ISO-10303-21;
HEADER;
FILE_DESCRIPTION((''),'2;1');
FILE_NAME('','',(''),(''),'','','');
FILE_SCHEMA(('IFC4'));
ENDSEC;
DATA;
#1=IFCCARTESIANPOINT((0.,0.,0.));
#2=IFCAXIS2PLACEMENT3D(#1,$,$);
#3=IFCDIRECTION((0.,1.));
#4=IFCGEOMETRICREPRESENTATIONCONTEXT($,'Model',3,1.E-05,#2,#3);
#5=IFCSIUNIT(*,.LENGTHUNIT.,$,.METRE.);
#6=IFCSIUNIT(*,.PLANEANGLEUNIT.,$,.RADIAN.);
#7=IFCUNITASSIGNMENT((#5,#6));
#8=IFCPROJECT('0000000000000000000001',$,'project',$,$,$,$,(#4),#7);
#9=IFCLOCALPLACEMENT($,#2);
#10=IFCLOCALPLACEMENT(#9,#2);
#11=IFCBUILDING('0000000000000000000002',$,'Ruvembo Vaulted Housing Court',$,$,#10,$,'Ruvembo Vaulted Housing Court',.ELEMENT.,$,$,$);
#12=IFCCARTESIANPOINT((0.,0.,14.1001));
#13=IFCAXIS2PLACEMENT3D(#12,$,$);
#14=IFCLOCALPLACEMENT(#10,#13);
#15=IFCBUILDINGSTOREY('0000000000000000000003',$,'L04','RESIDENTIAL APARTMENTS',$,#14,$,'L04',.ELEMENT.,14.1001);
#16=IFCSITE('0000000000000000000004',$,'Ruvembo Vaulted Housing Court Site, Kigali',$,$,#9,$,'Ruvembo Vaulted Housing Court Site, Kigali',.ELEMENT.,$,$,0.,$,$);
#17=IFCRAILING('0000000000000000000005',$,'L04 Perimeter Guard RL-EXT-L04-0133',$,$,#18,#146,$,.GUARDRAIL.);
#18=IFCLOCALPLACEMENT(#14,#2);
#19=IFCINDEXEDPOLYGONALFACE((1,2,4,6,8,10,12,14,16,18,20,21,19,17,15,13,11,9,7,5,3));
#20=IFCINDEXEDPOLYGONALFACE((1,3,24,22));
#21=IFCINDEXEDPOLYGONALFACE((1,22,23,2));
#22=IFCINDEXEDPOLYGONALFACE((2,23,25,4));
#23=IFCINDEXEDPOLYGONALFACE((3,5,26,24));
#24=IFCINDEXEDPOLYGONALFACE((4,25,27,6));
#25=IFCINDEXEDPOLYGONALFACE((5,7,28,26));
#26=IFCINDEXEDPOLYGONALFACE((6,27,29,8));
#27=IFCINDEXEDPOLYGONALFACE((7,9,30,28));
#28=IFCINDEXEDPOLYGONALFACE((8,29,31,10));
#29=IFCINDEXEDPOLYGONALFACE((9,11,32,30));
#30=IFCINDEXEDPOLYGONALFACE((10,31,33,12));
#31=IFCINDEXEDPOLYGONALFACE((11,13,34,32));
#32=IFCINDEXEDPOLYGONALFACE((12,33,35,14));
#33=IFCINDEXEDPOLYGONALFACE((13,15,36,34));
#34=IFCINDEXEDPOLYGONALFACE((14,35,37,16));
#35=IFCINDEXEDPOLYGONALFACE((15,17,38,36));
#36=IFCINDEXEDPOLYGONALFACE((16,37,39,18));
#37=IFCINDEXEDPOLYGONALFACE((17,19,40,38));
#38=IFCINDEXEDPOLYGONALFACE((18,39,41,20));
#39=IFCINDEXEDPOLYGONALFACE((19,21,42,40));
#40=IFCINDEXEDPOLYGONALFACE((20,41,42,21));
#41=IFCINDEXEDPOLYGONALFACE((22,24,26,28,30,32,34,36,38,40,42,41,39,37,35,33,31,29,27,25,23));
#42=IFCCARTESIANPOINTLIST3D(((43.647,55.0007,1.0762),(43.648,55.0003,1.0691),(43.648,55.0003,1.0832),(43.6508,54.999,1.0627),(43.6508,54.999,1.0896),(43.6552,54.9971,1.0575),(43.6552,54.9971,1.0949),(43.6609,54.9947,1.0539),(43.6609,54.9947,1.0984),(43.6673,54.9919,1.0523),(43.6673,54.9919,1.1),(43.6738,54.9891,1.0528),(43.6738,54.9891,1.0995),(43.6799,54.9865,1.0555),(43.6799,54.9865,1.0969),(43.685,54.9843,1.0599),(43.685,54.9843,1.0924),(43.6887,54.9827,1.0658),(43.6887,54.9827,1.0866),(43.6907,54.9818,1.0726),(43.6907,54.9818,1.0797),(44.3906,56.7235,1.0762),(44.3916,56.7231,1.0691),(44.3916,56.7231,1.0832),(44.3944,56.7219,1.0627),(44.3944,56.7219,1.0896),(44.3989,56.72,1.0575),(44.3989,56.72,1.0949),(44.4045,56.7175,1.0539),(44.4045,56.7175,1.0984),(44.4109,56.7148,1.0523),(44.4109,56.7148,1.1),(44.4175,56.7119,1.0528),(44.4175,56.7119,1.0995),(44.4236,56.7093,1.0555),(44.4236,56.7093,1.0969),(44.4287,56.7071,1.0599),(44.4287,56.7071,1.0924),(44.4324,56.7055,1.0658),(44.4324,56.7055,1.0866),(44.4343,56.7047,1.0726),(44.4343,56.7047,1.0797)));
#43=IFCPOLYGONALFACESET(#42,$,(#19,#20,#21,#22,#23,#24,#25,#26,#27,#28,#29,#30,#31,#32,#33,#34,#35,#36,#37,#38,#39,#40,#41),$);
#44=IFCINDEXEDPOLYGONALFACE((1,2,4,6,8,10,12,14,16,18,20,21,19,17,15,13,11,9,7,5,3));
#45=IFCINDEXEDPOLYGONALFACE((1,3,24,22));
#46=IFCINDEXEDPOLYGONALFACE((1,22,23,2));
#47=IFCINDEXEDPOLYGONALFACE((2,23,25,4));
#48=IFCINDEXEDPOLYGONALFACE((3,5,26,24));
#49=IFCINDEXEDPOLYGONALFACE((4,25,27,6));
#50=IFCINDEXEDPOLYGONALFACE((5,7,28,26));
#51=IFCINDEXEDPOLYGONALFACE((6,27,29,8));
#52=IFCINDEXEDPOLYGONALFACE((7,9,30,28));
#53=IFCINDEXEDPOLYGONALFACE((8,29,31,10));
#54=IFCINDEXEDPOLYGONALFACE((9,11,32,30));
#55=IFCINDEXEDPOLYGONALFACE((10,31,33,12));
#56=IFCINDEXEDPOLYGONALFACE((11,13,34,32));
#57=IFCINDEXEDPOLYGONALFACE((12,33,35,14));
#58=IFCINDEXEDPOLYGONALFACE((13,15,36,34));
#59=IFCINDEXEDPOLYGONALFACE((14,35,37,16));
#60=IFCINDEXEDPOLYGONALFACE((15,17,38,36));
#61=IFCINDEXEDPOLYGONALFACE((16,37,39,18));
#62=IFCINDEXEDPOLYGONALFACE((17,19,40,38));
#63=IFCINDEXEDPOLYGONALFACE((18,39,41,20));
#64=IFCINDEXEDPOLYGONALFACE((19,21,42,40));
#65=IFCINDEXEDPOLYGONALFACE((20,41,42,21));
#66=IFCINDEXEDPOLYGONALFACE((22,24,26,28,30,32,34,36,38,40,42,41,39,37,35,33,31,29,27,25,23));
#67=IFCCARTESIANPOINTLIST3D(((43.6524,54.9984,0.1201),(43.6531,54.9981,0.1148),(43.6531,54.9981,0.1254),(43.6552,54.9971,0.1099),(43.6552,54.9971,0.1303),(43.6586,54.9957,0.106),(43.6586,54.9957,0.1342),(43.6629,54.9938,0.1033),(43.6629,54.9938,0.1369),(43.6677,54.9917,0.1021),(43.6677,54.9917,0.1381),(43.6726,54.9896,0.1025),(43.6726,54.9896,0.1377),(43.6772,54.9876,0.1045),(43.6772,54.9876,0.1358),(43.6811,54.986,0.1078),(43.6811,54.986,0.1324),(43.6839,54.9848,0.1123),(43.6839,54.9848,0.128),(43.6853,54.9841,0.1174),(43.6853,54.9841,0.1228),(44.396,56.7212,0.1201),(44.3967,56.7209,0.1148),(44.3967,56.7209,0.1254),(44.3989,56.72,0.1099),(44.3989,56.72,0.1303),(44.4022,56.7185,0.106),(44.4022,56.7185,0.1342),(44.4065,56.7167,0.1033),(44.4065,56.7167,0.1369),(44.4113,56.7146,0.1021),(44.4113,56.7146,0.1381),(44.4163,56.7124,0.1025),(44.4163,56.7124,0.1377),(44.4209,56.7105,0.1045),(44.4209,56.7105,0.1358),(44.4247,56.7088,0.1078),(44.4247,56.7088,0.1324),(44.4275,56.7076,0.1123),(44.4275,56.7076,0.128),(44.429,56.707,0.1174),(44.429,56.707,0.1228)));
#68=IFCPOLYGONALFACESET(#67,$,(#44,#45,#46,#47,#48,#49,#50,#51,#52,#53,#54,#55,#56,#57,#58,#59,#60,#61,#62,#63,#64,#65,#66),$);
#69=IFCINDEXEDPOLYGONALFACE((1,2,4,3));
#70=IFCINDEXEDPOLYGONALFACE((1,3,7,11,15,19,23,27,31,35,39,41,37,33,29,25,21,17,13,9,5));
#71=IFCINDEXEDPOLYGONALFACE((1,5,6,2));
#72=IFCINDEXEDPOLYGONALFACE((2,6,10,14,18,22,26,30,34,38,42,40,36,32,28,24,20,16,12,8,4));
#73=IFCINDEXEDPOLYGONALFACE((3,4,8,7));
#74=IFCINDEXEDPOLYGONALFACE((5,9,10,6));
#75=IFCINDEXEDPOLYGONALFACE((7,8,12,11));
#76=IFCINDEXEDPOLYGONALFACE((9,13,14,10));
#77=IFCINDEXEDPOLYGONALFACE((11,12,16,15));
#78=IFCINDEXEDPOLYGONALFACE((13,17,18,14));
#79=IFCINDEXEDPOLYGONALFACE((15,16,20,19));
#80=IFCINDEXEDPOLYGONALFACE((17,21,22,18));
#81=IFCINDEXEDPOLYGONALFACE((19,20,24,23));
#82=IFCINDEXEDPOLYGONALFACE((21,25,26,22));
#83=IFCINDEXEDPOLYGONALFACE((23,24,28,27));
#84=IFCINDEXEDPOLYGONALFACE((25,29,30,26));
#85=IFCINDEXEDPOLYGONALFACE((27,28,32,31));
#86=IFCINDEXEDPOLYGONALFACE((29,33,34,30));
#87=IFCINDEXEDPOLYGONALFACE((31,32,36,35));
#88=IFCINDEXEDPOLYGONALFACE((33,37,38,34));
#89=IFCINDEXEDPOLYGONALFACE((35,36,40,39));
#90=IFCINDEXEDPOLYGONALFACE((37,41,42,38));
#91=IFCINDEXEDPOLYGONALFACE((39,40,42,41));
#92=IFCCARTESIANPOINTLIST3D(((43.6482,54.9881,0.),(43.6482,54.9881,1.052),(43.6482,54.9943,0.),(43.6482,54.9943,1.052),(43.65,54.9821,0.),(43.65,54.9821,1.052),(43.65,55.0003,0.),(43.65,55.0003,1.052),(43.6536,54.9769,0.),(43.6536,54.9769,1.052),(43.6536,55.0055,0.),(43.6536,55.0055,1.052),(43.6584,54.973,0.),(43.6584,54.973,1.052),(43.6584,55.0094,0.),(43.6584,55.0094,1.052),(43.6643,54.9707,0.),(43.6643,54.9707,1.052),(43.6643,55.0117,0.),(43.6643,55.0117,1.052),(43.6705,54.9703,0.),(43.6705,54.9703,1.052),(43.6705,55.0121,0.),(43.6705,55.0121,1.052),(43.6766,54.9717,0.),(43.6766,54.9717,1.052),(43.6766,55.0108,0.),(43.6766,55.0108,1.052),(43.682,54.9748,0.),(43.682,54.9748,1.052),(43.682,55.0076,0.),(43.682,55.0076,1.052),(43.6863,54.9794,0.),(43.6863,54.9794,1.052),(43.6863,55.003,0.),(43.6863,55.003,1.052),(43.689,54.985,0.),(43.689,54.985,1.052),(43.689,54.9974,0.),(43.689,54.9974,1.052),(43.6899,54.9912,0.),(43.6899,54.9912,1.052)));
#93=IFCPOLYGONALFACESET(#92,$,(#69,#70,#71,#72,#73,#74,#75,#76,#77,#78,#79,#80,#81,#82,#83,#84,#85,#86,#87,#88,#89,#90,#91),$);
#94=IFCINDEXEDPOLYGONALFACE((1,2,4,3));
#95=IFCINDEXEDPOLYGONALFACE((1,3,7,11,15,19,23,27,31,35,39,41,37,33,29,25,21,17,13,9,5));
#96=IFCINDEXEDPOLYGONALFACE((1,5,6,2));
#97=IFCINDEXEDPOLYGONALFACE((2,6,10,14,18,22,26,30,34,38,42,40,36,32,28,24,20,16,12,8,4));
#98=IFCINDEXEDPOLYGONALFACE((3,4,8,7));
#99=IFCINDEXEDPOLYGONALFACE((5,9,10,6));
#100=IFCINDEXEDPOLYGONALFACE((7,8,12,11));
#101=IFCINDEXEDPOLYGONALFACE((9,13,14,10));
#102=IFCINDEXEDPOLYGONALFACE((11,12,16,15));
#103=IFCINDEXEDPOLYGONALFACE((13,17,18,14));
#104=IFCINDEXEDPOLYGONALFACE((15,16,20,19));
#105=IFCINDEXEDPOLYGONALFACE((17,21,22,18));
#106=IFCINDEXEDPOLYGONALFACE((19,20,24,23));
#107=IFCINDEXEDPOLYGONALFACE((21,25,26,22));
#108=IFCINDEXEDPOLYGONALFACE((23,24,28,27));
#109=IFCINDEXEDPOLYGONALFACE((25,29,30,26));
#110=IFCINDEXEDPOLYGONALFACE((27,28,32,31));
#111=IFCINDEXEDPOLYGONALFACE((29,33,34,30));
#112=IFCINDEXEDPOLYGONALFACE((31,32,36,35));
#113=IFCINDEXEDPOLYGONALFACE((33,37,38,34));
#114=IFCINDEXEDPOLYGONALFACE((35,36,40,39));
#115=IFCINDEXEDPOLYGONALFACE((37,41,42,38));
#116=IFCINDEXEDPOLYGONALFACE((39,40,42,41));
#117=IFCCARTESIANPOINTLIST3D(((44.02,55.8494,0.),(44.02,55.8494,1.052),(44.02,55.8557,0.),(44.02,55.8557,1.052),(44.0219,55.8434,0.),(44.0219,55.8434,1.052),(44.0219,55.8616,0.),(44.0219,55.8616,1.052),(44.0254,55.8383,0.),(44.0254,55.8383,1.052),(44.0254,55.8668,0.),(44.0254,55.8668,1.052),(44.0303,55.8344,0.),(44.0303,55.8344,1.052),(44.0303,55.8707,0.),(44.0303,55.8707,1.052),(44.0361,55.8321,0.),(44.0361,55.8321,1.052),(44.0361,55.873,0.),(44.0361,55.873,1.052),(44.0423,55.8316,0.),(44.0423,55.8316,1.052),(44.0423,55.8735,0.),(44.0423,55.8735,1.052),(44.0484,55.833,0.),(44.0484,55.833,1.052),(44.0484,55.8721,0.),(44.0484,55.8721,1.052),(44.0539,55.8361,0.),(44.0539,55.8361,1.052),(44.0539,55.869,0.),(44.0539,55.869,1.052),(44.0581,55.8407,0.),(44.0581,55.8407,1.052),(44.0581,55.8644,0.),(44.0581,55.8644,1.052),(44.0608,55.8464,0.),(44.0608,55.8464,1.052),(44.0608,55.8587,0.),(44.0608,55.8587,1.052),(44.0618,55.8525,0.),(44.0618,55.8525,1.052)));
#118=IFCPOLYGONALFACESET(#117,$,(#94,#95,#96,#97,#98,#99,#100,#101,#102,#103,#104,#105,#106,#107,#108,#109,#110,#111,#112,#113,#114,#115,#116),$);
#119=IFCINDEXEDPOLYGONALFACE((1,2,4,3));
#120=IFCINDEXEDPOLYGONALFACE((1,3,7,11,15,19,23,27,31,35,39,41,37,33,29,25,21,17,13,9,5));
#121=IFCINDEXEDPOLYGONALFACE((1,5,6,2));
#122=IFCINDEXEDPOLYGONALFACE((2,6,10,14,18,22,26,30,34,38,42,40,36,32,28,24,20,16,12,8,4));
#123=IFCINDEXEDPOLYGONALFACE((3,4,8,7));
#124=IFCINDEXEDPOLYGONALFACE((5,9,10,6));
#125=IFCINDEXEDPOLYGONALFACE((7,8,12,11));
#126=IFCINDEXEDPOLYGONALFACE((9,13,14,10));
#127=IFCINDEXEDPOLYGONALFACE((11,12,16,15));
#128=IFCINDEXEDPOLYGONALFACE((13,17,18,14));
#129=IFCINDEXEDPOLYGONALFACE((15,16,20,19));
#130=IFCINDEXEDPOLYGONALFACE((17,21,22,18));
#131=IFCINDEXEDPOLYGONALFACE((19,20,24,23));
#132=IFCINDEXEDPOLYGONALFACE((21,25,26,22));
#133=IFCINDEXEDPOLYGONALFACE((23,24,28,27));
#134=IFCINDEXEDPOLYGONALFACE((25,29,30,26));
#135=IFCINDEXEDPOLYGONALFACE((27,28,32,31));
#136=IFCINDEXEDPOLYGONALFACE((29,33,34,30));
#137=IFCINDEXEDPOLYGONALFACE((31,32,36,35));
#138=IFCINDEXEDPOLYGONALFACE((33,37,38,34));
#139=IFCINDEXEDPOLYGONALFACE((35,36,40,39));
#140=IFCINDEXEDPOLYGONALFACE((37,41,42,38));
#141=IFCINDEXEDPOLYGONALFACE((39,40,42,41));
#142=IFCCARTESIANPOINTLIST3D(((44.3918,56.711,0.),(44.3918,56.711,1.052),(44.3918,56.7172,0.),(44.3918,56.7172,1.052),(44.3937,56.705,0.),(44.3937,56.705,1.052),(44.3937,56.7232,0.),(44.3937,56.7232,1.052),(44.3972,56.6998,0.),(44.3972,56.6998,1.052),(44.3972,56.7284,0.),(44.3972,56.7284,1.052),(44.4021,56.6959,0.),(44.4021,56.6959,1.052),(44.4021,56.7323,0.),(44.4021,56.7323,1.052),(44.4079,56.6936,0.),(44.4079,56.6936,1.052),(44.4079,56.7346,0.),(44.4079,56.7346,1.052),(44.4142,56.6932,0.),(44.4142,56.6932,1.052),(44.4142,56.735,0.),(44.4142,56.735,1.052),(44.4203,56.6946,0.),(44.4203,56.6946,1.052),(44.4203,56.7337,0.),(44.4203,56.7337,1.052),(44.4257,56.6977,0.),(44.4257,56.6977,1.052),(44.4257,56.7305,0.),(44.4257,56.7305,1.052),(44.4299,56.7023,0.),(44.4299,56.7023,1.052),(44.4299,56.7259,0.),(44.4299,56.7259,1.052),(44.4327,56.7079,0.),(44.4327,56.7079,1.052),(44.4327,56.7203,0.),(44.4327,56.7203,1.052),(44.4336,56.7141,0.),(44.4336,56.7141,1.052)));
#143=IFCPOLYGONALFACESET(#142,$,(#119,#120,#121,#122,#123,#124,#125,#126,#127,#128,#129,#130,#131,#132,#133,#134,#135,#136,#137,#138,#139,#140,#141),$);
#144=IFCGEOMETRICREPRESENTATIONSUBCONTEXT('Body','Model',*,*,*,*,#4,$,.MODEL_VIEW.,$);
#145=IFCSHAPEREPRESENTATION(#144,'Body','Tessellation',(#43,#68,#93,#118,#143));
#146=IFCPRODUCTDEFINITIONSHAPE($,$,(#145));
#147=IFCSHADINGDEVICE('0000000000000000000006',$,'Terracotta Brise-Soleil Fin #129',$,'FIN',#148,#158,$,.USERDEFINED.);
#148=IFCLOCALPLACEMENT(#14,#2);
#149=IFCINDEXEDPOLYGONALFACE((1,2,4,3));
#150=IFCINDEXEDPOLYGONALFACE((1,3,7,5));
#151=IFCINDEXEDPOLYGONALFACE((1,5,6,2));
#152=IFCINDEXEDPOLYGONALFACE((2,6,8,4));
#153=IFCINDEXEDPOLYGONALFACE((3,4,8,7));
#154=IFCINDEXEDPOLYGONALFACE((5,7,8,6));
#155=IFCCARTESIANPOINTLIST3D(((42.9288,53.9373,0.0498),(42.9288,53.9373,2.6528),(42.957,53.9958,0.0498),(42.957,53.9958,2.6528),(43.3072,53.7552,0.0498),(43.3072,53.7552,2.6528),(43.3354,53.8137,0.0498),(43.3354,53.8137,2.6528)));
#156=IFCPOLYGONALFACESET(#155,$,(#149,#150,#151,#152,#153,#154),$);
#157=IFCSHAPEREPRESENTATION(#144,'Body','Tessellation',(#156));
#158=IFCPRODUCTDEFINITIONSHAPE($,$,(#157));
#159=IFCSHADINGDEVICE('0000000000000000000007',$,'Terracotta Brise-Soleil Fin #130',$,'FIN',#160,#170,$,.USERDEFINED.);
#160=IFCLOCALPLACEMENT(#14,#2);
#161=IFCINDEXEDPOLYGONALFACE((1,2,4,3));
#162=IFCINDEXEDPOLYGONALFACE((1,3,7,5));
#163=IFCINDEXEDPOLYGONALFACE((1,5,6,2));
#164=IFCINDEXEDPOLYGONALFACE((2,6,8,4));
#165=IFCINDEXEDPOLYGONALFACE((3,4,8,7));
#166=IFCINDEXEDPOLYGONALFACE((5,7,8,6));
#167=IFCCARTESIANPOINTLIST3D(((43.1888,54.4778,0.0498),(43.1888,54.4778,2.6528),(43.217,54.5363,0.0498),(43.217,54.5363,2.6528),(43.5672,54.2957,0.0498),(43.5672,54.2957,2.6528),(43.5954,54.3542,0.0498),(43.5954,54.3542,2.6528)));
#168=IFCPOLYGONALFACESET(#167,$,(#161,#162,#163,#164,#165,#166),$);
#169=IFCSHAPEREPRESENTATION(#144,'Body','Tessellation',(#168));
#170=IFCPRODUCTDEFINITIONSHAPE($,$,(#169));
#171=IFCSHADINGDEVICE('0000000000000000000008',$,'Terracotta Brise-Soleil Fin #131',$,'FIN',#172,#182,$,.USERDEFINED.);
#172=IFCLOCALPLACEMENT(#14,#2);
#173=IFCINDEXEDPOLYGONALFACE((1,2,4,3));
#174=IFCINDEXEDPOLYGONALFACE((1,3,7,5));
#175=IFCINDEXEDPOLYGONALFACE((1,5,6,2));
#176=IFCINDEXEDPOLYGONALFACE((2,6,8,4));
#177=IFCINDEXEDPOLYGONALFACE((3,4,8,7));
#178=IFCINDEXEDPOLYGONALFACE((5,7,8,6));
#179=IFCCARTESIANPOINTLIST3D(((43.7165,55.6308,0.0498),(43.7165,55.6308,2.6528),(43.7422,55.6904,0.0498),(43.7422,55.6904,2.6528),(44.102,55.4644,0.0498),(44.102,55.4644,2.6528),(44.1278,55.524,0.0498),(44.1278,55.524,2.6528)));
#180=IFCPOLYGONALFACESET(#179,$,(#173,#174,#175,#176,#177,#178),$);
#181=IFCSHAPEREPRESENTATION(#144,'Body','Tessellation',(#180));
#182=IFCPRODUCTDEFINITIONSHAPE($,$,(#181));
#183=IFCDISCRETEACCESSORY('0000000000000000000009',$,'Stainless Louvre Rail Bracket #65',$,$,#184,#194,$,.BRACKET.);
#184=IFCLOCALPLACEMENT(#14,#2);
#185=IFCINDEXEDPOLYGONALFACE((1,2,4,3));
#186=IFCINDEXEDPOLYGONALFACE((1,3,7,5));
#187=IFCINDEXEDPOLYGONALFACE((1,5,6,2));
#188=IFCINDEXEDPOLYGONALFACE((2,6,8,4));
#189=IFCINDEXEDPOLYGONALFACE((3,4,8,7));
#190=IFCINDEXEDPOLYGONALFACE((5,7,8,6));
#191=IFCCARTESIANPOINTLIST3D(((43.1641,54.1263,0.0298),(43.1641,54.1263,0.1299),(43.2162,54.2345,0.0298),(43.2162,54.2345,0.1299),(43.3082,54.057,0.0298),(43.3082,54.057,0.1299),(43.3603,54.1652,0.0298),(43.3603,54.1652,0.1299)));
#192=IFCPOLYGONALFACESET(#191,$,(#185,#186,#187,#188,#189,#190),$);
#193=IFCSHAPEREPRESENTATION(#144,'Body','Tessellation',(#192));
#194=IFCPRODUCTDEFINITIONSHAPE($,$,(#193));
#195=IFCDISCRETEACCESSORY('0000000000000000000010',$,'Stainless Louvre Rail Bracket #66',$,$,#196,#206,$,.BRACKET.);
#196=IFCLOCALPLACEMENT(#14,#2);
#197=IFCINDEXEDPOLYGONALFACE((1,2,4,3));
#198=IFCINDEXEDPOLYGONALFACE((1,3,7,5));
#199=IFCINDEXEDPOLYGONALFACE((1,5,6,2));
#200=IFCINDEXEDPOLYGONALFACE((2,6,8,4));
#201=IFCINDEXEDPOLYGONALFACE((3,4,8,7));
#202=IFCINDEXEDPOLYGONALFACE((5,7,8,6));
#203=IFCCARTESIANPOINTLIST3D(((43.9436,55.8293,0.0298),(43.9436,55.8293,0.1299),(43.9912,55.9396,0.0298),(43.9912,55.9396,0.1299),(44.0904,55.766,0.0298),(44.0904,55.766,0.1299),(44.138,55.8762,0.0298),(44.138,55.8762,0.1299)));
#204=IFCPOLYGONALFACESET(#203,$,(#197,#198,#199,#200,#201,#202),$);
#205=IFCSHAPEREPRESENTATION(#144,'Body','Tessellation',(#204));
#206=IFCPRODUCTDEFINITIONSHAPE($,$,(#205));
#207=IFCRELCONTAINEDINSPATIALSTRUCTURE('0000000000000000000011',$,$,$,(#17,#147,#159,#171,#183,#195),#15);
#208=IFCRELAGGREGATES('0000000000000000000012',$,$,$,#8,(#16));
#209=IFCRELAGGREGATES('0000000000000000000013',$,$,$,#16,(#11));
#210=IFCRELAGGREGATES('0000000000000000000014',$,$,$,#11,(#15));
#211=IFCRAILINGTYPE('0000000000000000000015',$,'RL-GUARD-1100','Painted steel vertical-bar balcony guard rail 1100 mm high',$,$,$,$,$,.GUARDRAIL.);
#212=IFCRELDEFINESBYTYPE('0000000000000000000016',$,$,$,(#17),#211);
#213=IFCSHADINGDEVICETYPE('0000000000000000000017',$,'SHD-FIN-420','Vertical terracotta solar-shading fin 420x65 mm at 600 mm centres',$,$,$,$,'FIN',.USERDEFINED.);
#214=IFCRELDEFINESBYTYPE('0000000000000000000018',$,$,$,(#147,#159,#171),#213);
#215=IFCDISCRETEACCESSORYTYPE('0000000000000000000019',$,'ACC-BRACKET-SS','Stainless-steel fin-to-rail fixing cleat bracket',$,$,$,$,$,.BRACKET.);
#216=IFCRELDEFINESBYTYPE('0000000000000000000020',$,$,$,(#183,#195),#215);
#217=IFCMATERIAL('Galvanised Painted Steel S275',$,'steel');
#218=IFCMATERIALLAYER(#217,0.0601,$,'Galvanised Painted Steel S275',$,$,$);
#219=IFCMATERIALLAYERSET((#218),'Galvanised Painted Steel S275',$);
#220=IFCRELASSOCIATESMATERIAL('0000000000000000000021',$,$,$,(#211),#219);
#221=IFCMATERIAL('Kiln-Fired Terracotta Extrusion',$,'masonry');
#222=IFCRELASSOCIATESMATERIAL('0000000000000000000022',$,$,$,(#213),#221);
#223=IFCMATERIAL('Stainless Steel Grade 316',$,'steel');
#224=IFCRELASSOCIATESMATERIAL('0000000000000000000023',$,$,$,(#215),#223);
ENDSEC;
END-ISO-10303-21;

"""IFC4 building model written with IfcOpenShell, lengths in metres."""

from ifc_helpers import new_model, si_unit, direction, frame, origin, origin_2d, place, context, subcontext, project, spatial, rectangle, circle, extrude, material, layer, layer_set, type_object, element, save


model = new_model("IFC4")

# Units and contexts
model_context = context("Model", 3, precision=1e-05, world=origin(), true_north=direction((0.0, 1.0)))
body_context = subcontext(model_context, "Body", "Model", "MODEL_VIEW")
ifc_project = project(units=[si_unit("LENGTHUNIT", "METRE"), si_unit("PLANEANGLEUNIT", "RADIAN")], contexts=[model_context])

# Site, building, storey
site_placement = place(None, origin())
site = spatial("IfcSite", under=ifc_project, at=site_placement, Name="Ruvembo Vaulted Housing Court Site, Kigali", LongName="Ruvembo Vaulted Housing Court Site, Kigali", CompositionType="ELEMENT", RefElevation=0.0)
building_placement = place(site_placement, origin())
building = spatial("IfcBuilding", under=site, at=building_placement, Name="Ruvembo Vaulted Housing Court", LongName="Ruvembo Vaulted Housing Court", CompositionType="ELEMENT")
storey_placement = place(building_placement, frame((0.0, 0.0, 14.1001)))
storey = spatial("IfcBuildingStorey", under=building, at=storey_placement, Name="L04", Description="RESIDENTIAL APARTMENTS", LongName="L04", CompositionType="ELEMENT", Elevation=14.1001)

# Railing
ifc_material_1 = material(Name="Galvanised Painted Steel S275", Category="steel")
ifc_layer_1 = layer(ifc_material_1, 0.0601, Name="Galvanised Painted Steel S275")
ifc_layer_set_1 = layer_set([ifc_layer_1], Name="Galvanised Painted Steel S275")
railing_type = type_object("IfcRailingType", Name="RL-GUARD-1100", Description="Painted steel vertical-bar balcony guard rail 1100 mm high", PredefinedType="GUARDRAIL", material=ifc_layer_set_1)
railing_1_placement = place(storey_placement, frame((43.6689, 54.9912, 0.0)))
element("IfcRailing", 1, at=railing_1_placement, inside=storey, type_object=railing_type, Name="L04 Perimeter Guard RL-EXT-L04-0133", PredefinedType="GUARDRAIL", context=body_context, shape_type="SweptSolid", body=[
    extrude(circle(Radius=0.0239, at=origin_2d()), frame((0.0, 0.0, 1.0762), z_axis=(0.396289, 0.918126, 0.0), x_axis=(-0.918126, 0.396289, 0.0)), (0.0, 0.0, 1.0), 1.8765),
    extrude(circle(Radius=0.0181, at=origin_2d()), frame((0.0, 0.0, 0.1201), z_axis=(0.396289, 0.918126, 0.0), x_axis=(-0.918126, 0.396289, 0.0)), (0.0, 0.0, 1.0), 1.8765),
    extrude(circle(Radius=0.021, at=origin_2d()), origin(), (0.0, 0.0, 1.0), 1.052),
    extrude(circle(Radius=0.021, at=origin_2d()), frame((0.3718, 0.8613, 0.0)), (0.0, 0.0, 1.0), 1.052),
    extrude(circle(Radius=0.021, at=origin_2d()), frame((0.7437, 1.7229, 0.0)), (0.0, 0.0, 1.0), 1.052),
])

# Shading devices
ifc_material_2 = material(Name="Kiln-Fired Terracotta Extrusion", Category="masonry")
shading_device_type = type_object("IfcShadingDeviceType", Name="SHD-FIN-420", Description="Vertical terracotta solar-shading fin 420x65 mm at 600 mm centres", ElementType="FIN", PredefinedType="USERDEFINED", material=ifc_material_2)
for number, where, z_axis, x_axis, name in (
    (2, (43.1321, 53.8755, 0.0498), (0.0, 0.0, 1.0), (0.9011, -0.433612, 0.0), "Terracotta Brise-Soleil Fin #129"),
    (3, (43.3921, 54.416, 0.0498), (0.0, 0.0, 1.0), (0.9011, -0.433612, 0.0), "Terracotta Brise-Soleil Fin #130"),
    (4, (43.9221, 55.5774, 0.0498), (0.0, 0.0, 1.0), (0.918122, -0.396299, 0.0), "Terracotta Brise-Soleil Fin #131"),
):
    element("IfcShadingDevice", number, at=place(storey_placement, frame(where, z_axis=z_axis, x_axis=x_axis)), inside=storey, type_object=shading_device_type, Name=name, ObjectType="FIN", PredefinedType="USERDEFINED", context=body_context, shape_type="SweptSolid", body=[
        extrude(rectangle(XDim=0.4199, YDim=0.0649, at=origin_2d()), origin(), (0.0, 0.0, 1.0), 2.603),
    ])

# Discrete accessories
ifc_material_3 = material(Name="Stainless Steel Grade 316", Category="steel")
discrete_accessory_type = type_object("IfcDiscreteAccessoryType", Name="ACC-BRACKET-SS", Description="Stainless-steel fin-to-rail fixing cleat bracket", PredefinedType="BRACKET", material=ifc_material_3)
for number, where, z_axis, x_axis, name in (
    (5, (43.2622, 54.1458, 0.0298), (0.0, 0.0, 1.0), (0.9011, -0.433612, 0.0), "Stainless Louvre Rail Bracket #65"),
    (6, (44.0408, 55.8528, 0.0298), (0.0, 0.0, 1.0), (0.918122, -0.396299, 0.0), "Stainless Louvre Rail Bracket #66"),
):
    element("IfcDiscreteAccessory", number, at=place(storey_placement, frame(where, z_axis=z_axis, x_axis=x_axis)), inside=storey, type_object=discrete_accessory_type, Name=name, PredefinedType="BRACKET", context=body_context, shape_type="SweptSolid", body=[
        extrude(rectangle(XDim=0.1599, YDim=0.1201, at=origin_2d()), origin(), (0.0, 0.0, 1.0), 0.1001),
    ])

save(model, "model.ifc")
